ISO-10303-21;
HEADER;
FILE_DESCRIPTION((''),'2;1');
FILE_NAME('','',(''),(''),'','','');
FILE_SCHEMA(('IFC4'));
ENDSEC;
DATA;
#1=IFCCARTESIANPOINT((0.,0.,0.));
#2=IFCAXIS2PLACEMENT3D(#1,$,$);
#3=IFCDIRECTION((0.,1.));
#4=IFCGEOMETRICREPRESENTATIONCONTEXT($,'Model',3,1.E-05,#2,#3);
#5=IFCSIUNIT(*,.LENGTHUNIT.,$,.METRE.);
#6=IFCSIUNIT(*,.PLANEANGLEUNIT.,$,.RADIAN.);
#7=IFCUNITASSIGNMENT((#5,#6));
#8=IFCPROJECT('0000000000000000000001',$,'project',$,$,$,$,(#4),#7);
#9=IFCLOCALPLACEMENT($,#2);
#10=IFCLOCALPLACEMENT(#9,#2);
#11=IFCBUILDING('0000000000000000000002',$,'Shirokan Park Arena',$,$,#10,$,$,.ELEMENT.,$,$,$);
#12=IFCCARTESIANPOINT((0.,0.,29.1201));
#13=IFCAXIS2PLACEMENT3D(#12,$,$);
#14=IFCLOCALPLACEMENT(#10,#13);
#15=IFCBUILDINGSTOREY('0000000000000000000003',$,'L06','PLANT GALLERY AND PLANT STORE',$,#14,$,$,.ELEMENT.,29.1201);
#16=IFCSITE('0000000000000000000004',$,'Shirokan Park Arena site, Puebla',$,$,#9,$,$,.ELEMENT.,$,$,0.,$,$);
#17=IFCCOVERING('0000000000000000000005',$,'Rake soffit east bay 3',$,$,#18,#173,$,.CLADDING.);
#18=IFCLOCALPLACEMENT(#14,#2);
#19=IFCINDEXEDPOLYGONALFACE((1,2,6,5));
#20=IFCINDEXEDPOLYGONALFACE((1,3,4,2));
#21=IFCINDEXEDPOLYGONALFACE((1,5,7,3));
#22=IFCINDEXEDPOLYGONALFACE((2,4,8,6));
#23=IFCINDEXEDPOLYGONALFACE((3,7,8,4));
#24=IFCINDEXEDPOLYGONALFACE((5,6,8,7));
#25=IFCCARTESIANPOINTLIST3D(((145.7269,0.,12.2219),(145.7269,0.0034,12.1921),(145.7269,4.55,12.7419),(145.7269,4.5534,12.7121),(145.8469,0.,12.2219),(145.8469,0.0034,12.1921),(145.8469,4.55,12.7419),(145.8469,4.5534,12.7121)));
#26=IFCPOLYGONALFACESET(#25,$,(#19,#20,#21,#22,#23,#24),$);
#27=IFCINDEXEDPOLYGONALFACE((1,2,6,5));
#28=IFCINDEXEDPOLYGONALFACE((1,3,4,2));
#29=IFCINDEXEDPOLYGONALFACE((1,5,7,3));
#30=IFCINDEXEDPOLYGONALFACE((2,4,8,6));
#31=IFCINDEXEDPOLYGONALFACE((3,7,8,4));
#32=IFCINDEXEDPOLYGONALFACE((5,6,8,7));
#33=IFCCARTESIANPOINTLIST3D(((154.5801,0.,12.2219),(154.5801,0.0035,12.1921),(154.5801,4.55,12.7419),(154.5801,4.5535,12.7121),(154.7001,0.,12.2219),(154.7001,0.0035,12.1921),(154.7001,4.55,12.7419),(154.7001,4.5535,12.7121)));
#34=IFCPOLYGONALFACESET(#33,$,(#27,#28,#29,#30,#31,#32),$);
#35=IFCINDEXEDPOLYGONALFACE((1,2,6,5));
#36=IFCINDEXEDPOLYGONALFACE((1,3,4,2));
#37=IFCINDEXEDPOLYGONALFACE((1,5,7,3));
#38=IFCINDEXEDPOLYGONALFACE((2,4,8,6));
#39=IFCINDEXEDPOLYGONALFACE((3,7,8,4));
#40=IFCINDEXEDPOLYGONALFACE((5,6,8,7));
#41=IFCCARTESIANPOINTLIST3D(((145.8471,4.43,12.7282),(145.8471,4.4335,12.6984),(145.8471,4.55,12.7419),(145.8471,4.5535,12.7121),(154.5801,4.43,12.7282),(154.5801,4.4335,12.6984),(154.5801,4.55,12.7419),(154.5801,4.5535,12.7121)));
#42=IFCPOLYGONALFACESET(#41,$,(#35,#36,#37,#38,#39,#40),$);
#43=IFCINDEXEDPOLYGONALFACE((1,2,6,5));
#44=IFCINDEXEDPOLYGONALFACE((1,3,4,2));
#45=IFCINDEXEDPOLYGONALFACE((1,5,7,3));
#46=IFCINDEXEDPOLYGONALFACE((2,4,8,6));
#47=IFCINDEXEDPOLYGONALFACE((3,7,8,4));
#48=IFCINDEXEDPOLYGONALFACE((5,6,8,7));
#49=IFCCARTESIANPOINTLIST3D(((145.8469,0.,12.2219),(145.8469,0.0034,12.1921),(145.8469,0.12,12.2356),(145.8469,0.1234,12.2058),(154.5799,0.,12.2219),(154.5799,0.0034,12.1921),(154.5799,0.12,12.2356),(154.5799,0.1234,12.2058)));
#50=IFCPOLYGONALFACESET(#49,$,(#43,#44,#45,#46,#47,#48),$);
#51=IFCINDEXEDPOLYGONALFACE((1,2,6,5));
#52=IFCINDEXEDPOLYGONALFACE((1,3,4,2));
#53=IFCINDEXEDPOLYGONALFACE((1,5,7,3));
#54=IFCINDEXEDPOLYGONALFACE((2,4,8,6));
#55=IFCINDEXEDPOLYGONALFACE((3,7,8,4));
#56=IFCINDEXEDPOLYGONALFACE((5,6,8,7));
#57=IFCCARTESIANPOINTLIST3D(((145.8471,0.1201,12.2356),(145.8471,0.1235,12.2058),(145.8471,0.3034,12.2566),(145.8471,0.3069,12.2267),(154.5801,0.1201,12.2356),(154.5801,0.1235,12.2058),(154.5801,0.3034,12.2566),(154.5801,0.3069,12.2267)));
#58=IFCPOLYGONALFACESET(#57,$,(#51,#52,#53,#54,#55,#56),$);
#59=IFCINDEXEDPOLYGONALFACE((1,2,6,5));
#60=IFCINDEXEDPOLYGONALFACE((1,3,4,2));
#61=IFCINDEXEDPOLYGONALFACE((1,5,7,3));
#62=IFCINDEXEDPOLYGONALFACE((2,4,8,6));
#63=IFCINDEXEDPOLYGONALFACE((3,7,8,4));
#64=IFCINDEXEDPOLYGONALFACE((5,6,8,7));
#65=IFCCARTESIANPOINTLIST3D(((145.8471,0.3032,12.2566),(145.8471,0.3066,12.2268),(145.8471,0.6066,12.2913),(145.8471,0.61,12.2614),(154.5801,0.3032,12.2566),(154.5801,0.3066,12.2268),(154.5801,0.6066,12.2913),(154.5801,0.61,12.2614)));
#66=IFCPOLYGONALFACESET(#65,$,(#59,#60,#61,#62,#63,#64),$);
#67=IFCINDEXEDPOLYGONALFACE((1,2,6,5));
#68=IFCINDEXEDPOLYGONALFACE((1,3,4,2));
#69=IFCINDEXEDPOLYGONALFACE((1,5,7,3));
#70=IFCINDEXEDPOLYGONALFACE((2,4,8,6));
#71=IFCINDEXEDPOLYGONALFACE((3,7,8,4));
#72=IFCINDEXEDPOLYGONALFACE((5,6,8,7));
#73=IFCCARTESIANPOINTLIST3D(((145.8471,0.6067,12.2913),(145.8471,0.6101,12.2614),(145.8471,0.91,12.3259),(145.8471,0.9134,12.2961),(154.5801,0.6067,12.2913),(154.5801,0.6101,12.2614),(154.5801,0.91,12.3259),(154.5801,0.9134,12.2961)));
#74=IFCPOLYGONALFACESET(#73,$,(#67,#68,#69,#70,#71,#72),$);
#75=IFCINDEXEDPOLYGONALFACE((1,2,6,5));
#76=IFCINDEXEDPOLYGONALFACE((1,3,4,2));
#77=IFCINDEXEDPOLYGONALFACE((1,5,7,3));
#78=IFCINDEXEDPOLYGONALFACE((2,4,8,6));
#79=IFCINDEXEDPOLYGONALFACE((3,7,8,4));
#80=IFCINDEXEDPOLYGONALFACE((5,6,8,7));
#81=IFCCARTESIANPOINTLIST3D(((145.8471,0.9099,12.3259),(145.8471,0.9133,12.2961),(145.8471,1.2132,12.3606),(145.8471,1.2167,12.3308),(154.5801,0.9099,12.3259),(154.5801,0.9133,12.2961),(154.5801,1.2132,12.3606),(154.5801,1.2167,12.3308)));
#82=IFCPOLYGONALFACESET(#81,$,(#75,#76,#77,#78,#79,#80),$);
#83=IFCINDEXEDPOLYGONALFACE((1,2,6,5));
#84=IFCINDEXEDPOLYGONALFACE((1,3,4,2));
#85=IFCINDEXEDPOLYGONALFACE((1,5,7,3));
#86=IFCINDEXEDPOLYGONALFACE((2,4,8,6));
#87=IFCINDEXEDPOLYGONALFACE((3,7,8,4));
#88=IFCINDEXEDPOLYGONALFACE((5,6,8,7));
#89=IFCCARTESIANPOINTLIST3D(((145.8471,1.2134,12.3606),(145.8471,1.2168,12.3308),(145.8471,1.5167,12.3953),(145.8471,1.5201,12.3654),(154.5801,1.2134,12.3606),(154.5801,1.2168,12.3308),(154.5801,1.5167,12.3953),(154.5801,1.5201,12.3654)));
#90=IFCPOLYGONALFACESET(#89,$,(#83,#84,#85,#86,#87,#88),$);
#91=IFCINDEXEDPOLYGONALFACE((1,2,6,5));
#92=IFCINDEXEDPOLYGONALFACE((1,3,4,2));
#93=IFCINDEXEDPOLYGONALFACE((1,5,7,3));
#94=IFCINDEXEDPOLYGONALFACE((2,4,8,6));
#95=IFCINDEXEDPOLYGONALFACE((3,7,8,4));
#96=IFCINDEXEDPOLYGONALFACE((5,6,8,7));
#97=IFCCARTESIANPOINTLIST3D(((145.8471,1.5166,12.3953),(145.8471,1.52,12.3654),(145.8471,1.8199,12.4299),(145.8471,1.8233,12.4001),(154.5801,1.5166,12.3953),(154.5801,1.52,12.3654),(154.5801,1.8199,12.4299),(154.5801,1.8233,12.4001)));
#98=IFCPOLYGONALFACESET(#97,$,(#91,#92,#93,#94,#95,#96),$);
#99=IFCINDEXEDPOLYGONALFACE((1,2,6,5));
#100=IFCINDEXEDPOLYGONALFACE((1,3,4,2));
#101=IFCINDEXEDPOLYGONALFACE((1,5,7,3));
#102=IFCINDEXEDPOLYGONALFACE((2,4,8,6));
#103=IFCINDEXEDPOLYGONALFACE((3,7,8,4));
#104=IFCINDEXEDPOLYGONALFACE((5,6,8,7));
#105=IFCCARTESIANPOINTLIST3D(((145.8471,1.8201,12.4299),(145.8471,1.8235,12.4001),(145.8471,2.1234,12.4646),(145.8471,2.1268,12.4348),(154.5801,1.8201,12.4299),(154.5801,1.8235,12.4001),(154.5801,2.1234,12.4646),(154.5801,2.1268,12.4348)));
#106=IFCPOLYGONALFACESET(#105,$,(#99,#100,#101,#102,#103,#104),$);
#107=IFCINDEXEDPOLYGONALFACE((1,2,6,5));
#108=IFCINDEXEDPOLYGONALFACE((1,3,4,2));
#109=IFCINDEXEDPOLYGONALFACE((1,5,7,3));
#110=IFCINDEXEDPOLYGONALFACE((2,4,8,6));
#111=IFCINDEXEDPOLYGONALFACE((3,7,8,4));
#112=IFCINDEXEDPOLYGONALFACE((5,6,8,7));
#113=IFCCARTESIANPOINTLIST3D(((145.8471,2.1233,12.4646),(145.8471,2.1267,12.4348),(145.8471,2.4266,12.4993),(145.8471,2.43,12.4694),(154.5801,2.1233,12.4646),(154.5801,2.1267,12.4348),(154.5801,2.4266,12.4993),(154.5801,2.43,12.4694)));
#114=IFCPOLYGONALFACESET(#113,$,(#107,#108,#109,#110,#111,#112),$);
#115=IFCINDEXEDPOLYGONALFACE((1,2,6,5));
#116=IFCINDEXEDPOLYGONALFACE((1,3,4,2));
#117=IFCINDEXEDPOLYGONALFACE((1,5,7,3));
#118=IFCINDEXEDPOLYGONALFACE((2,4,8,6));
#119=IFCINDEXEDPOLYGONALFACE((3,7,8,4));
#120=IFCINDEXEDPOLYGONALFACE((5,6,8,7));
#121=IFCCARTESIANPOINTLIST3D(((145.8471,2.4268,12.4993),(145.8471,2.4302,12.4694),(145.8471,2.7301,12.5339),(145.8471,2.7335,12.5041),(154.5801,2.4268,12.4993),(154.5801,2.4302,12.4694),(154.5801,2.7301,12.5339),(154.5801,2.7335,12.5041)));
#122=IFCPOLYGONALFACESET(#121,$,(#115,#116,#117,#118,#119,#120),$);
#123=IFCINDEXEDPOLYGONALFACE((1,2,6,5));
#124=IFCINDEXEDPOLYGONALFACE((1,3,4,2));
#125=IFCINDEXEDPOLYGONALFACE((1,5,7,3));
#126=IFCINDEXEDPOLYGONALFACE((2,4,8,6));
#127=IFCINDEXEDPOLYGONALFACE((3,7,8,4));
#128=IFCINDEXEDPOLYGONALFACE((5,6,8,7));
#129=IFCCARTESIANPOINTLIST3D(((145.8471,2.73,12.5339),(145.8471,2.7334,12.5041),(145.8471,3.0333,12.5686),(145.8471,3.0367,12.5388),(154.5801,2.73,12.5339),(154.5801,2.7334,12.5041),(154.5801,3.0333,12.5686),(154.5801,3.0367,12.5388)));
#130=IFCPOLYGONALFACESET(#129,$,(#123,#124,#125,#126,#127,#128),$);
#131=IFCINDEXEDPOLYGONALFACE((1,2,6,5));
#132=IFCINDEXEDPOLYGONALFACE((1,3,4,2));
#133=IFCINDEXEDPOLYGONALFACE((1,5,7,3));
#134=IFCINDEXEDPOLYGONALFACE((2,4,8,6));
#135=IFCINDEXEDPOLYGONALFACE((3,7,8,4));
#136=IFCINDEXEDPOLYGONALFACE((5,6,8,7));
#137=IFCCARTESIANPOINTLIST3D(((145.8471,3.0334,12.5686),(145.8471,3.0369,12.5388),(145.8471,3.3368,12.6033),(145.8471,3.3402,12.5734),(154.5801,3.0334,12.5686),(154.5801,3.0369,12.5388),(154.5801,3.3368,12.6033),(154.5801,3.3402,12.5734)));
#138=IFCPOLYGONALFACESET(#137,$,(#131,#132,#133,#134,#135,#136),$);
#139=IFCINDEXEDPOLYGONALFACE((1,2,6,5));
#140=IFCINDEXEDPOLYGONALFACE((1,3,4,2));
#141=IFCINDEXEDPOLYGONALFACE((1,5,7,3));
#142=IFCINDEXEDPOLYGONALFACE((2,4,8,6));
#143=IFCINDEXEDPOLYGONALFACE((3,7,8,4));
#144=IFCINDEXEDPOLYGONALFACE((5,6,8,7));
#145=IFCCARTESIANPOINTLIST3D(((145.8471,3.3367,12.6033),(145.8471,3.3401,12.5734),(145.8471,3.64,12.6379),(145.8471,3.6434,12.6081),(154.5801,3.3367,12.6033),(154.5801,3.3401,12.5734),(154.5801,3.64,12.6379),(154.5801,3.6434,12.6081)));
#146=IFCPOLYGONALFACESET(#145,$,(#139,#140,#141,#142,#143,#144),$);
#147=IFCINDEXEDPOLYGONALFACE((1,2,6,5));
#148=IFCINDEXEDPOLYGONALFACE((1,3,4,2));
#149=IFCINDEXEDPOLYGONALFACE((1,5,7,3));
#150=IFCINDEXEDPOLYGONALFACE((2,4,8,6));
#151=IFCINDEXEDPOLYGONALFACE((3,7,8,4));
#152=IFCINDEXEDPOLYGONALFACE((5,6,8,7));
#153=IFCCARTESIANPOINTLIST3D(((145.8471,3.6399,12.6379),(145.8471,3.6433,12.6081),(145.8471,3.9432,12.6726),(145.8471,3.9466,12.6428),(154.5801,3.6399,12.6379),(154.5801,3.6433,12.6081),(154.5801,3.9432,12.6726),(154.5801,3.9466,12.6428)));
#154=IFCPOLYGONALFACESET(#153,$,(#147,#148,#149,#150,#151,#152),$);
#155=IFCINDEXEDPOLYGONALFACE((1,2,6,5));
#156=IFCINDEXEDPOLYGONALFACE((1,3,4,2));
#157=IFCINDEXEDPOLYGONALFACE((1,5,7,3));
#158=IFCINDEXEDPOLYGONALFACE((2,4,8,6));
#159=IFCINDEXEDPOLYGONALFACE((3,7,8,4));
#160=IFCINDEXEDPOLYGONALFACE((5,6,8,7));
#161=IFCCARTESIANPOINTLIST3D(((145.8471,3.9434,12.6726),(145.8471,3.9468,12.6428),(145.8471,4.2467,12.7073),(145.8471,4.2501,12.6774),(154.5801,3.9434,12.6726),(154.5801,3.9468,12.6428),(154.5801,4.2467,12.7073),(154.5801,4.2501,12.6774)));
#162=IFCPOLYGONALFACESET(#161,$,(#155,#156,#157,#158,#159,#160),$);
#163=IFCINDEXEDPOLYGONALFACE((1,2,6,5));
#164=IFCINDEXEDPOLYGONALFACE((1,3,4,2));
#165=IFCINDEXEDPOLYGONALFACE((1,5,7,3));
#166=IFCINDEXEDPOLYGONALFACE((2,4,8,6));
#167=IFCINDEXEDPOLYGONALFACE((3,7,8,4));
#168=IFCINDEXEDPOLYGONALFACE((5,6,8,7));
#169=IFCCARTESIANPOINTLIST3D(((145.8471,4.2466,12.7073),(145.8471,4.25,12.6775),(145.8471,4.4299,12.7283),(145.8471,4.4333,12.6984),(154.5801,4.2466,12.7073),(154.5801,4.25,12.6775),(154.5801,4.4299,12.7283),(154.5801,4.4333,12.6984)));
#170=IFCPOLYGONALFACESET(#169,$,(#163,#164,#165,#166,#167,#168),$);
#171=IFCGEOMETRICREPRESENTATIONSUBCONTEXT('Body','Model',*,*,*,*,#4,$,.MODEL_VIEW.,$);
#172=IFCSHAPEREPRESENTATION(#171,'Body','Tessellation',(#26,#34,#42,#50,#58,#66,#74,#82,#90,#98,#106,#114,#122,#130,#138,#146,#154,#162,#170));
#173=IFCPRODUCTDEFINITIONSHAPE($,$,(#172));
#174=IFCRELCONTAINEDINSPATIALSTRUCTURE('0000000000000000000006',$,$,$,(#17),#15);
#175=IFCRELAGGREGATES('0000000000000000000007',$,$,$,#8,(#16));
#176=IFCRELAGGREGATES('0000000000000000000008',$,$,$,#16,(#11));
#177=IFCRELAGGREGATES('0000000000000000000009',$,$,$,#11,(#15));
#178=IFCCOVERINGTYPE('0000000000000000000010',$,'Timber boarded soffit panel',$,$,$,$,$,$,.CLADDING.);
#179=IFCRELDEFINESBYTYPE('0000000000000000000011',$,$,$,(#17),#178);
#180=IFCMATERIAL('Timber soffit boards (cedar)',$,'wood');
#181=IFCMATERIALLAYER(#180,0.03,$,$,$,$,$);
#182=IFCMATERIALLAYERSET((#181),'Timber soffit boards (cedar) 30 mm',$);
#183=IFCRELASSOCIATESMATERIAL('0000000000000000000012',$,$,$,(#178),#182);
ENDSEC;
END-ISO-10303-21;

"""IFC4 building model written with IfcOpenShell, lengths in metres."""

from ifc_helpers import new_model, si_unit, direction, frame, origin, place, context, subcontext, project, spatial, polyline, outline, extrude, material, layer, layer_set, type_object, element, save


model = new_model("IFC4")

# Units and contexts
model_context = context("Model", 3, precision=1e-05, world=origin(), true_north=direction((0.0, 1.0)))
body_context = subcontext(model_context, "Body", "Model", "MODEL_VIEW")
ifc_project = project(units=[si_unit("LENGTHUNIT", "METRE"), si_unit("PLANEANGLEUNIT", "RADIAN")], contexts=[model_context])

# Site, building, storey
site_placement = place(None, origin())
site = spatial("IfcSite", under=ifc_project, at=site_placement, Name="Shirokan Park Arena site, Puebla", CompositionType="ELEMENT", RefElevation=0.0)
building_placement = place(site_placement, origin())
building = spatial("IfcBuilding", under=site, at=building_placement, Name="Shirokan Park Arena", CompositionType="ELEMENT")
storey_placement = place(building_placement, frame((0.0, 0.0, 29.1201)))
storey = spatial("IfcBuildingStorey", under=building, at=storey_placement, Name="L06", Description="PLANT GALLERY AND PLANT STORE", CompositionType="ELEMENT", Elevation=29.1201)

# Covering
ifc_material = material(Name="Timber soffit boards (cedar)", Category="wood")
ifc_layer = layer(ifc_material, 0.03)
ifc_layer_set = layer_set([ifc_layer], Name="Timber soffit boards (cedar) 30 mm")
covering_type = type_object("IfcCoveringType", Name="Timber boarded soffit panel", PredefinedType="CLADDING", material=ifc_layer_set)
covering_1_placement = place(storey_placement, origin())
element("IfcCovering", 1, at=covering_1_placement, inside=storey, type_object=covering_type, Name="Rake soffit east bay 3", PredefinedType="CLADDING", context=body_context, shape_type="SweptSolid", body=[
    extrude(outline(polyline([(0.0, 0.0), (0.12, 0.0), (0.12, -4.5796), (0.0, -4.5796), (0.0, 0.0)])), frame((145.8469, 0.0, 12.2219), z_axis=(0.0, -0.113547, 0.993533), x_axis=(-1.0, 0.0, 0.0)), (0.0, 0.0, -1.0), 0.03),
    extrude(outline(polyline([(0.0, 0.0), (0.12, 0.0), (0.12, -4.5796), (0.0, -4.5796), (0.0, 0.0)])), frame((154.5801, 4.55, 12.7419), z_axis=(0.0, -0.113547, 0.993533), x_axis=(1.0, 0.0, 0.0)), (0.0, 0.0, -1.0), 0.03),
    extrude(outline(polyline([(0.0, 0.0), (0.1208, 0.0), (0.1208, -8.733), (0.0, -8.733), (0.0, 0.0)])), frame((154.5801, 4.55, 12.7419), z_axis=(0.0, -0.113512, 0.993537), x_axis=(0.0, -0.993537, -0.113512)), (0.0, 0.0, -1.0), 0.03),
    extrude(outline(polyline([(0.0, 0.0), (0.1208, 0.0), (0.1208, -8.733), (0.0, -8.733), (0.0, 0.0)])), frame((145.8469, 0.0, 12.2219), z_axis=(0.0, -0.113512, 0.993537), x_axis=(0.0, 0.993537, 0.113512)), (0.0, 0.0, -1.0), 0.03),
    extrude(outline(polyline([(0.0, 0.0), (8.733, 0.0), (8.733, -0.1845), (0.0, -0.1845), (0.0, 0.0)])), frame((154.5801, 0.1201, 12.2356), z_axis=(0.0, -0.113589, 0.993528), x_axis=(-1.0, 0.0, 0.0)), (0.0, 0.0, -1.0), 0.03),
    extrude(outline(polyline([(0.0, 0.0), (8.733, 0.0), (8.733, -0.3053), (0.0, -0.3053), (0.0, 0.0)])), frame((154.5801, 0.3032, 12.2566), z_axis=(0.0, -0.113523, 0.993535), x_axis=(-1.0, 0.0, 0.0)), (0.0, 0.0, -1.0), 0.03),
    extrude(outline(polyline([(0.0, 0.0), (8.733, 0.0), (8.733, -0.3053), (0.0, -0.3053), (0.0, 0.0)])), frame((154.5801, 0.6067, 12.2913), z_axis=(0.0, -0.113559, 0.993531), x_axis=(-1.0, 0.0, 0.0)), (0.0, 0.0, -1.0), 0.03),
    extrude(outline(polyline([(0.0, 0.0), (8.733, 0.0), (8.733, -0.3053), (0.0, -0.3053), (0.0, 0.0)])), frame((154.5801, 0.9099, 12.3259), z_axis=(0.0, -0.113559, 0.993531), x_axis=(-1.0, 0.0, 0.0)), (0.0, 0.0, -1.0), 0.03),
    extrude(outline(polyline([(0.0, 0.0), (8.733, 0.0), (8.733, -0.3053), (0.0, -0.3053), (0.0, 0.0)])), frame((154.5801, 1.2134, 12.3606), z_axis=(0.0, -0.113523, 0.993535), x_axis=(-1.0, 0.0, 0.0)), (0.0, 0.0, -1.0), 0.03),
    extrude(outline(polyline([(0.0, 0.0), (8.733, 0.0), (8.733, -0.3053), (0.0, -0.3053), (0.0, 0.0)])), frame((154.5801, 1.5166, 12.3953), z_axis=(0.0, -0.113559, 0.993531), x_axis=(-1.0, 0.0, 0.0)), (0.0, 0.0, -1.0), 0.03),
    extrude(outline(polyline([(0.0, 0.0), (8.733, 0.0), (8.733, -0.3053), (0.0, -0.3053), (0.0, 0.0)])), frame((154.5801, 1.8201, 12.4299), z_axis=(0.0, -0.113559, 0.993531), x_axis=(-1.0, 0.0, 0.0)), (0.0, 0.0, -1.0), 0.03),
    extrude(outline(polyline([(0.0, 0.0), (8.733, 0.0), (8.733, -0.3053), (0.0, -0.3053), (0.0, 0.0)])), frame((154.5801, 2.1233, 12.4646), z_axis=(0.0, -0.113523, 0.993535), x_axis=(-1.0, 0.0, 0.0)), (0.0, 0.0, -1.0), 0.03),
    extrude(outline(polyline([(0.0, 0.0), (8.733, 0.0), (8.733, -0.3053), (0.0, -0.3053), (0.0, 0.0)])), frame((154.5801, 2.4268, 12.4993), z_axis=(0.0, -0.113559, 0.993531), x_axis=(-1.0, 0.0, 0.0)), (0.0, 0.0, -1.0), 0.03),
    extrude(outline(polyline([(0.0, 0.0), (8.733, 0.0), (8.733, -0.3053), (0.0, -0.3053), (0.0, 0.0)])), frame((154.5801, 2.73, 12.5339), z_axis=(0.0, -0.113559, 0.993531), x_axis=(-1.0, 0.0, 0.0)), (0.0, 0.0, -1.0), 0.03),
    extrude(outline(polyline([(0.0, 0.0), (8.733, 0.0), (8.733, -0.3053), (0.0, -0.3053), (0.0, 0.0)])), frame((154.5801, 3.0334, 12.5686), z_axis=(0.0, -0.113523, 0.993535), x_axis=(-1.0, 0.0, 0.0)), (0.0, 0.0, -1.0), 0.03),
    extrude(outline(polyline([(0.0, 0.0), (8.733, 0.0), (8.733, -0.3053), (0.0, -0.3053), (0.0, 0.0)])), frame((154.5801, 3.3367, 12.6033), z_axis=(0.0, -0.113559, 0.993531), x_axis=(-1.0, 0.0, 0.0)), (0.0, 0.0, -1.0), 0.03),
    extrude(outline(polyline([(0.0, 0.0), (8.733, 0.0), (8.733, -0.3053), (0.0, -0.3053), (0.0, 0.0)])), frame((154.5801, 3.6399, 12.6379), z_axis=(0.0, -0.113559, 0.993531), x_axis=(-1.0, 0.0, 0.0)), (0.0, 0.0, -1.0), 0.03),
    extrude(outline(polyline([(0.0, 0.0), (8.733, 0.0), (8.733, -0.3053), (0.0, -0.3053), (0.0, 0.0)])), frame((154.5801, 3.9434, 12.6726), z_axis=(0.0, -0.113523, 0.993535), x_axis=(-1.0, 0.0, 0.0)), (0.0, 0.0, -1.0), 0.03),
    extrude(outline(polyline([(0.0, 0.0), (0.1845, 0.0), (0.1845, -8.733), (0.0, -8.733), (0.0, 0.0)])), frame((154.5801, 4.4299, 12.7283), z_axis=(0.0, -0.113589, 0.993528), x_axis=(0.0, -0.993528, -0.113589)), (0.0, 0.0, -1.0), 0.03),
])

save(model, "model.ifc")
